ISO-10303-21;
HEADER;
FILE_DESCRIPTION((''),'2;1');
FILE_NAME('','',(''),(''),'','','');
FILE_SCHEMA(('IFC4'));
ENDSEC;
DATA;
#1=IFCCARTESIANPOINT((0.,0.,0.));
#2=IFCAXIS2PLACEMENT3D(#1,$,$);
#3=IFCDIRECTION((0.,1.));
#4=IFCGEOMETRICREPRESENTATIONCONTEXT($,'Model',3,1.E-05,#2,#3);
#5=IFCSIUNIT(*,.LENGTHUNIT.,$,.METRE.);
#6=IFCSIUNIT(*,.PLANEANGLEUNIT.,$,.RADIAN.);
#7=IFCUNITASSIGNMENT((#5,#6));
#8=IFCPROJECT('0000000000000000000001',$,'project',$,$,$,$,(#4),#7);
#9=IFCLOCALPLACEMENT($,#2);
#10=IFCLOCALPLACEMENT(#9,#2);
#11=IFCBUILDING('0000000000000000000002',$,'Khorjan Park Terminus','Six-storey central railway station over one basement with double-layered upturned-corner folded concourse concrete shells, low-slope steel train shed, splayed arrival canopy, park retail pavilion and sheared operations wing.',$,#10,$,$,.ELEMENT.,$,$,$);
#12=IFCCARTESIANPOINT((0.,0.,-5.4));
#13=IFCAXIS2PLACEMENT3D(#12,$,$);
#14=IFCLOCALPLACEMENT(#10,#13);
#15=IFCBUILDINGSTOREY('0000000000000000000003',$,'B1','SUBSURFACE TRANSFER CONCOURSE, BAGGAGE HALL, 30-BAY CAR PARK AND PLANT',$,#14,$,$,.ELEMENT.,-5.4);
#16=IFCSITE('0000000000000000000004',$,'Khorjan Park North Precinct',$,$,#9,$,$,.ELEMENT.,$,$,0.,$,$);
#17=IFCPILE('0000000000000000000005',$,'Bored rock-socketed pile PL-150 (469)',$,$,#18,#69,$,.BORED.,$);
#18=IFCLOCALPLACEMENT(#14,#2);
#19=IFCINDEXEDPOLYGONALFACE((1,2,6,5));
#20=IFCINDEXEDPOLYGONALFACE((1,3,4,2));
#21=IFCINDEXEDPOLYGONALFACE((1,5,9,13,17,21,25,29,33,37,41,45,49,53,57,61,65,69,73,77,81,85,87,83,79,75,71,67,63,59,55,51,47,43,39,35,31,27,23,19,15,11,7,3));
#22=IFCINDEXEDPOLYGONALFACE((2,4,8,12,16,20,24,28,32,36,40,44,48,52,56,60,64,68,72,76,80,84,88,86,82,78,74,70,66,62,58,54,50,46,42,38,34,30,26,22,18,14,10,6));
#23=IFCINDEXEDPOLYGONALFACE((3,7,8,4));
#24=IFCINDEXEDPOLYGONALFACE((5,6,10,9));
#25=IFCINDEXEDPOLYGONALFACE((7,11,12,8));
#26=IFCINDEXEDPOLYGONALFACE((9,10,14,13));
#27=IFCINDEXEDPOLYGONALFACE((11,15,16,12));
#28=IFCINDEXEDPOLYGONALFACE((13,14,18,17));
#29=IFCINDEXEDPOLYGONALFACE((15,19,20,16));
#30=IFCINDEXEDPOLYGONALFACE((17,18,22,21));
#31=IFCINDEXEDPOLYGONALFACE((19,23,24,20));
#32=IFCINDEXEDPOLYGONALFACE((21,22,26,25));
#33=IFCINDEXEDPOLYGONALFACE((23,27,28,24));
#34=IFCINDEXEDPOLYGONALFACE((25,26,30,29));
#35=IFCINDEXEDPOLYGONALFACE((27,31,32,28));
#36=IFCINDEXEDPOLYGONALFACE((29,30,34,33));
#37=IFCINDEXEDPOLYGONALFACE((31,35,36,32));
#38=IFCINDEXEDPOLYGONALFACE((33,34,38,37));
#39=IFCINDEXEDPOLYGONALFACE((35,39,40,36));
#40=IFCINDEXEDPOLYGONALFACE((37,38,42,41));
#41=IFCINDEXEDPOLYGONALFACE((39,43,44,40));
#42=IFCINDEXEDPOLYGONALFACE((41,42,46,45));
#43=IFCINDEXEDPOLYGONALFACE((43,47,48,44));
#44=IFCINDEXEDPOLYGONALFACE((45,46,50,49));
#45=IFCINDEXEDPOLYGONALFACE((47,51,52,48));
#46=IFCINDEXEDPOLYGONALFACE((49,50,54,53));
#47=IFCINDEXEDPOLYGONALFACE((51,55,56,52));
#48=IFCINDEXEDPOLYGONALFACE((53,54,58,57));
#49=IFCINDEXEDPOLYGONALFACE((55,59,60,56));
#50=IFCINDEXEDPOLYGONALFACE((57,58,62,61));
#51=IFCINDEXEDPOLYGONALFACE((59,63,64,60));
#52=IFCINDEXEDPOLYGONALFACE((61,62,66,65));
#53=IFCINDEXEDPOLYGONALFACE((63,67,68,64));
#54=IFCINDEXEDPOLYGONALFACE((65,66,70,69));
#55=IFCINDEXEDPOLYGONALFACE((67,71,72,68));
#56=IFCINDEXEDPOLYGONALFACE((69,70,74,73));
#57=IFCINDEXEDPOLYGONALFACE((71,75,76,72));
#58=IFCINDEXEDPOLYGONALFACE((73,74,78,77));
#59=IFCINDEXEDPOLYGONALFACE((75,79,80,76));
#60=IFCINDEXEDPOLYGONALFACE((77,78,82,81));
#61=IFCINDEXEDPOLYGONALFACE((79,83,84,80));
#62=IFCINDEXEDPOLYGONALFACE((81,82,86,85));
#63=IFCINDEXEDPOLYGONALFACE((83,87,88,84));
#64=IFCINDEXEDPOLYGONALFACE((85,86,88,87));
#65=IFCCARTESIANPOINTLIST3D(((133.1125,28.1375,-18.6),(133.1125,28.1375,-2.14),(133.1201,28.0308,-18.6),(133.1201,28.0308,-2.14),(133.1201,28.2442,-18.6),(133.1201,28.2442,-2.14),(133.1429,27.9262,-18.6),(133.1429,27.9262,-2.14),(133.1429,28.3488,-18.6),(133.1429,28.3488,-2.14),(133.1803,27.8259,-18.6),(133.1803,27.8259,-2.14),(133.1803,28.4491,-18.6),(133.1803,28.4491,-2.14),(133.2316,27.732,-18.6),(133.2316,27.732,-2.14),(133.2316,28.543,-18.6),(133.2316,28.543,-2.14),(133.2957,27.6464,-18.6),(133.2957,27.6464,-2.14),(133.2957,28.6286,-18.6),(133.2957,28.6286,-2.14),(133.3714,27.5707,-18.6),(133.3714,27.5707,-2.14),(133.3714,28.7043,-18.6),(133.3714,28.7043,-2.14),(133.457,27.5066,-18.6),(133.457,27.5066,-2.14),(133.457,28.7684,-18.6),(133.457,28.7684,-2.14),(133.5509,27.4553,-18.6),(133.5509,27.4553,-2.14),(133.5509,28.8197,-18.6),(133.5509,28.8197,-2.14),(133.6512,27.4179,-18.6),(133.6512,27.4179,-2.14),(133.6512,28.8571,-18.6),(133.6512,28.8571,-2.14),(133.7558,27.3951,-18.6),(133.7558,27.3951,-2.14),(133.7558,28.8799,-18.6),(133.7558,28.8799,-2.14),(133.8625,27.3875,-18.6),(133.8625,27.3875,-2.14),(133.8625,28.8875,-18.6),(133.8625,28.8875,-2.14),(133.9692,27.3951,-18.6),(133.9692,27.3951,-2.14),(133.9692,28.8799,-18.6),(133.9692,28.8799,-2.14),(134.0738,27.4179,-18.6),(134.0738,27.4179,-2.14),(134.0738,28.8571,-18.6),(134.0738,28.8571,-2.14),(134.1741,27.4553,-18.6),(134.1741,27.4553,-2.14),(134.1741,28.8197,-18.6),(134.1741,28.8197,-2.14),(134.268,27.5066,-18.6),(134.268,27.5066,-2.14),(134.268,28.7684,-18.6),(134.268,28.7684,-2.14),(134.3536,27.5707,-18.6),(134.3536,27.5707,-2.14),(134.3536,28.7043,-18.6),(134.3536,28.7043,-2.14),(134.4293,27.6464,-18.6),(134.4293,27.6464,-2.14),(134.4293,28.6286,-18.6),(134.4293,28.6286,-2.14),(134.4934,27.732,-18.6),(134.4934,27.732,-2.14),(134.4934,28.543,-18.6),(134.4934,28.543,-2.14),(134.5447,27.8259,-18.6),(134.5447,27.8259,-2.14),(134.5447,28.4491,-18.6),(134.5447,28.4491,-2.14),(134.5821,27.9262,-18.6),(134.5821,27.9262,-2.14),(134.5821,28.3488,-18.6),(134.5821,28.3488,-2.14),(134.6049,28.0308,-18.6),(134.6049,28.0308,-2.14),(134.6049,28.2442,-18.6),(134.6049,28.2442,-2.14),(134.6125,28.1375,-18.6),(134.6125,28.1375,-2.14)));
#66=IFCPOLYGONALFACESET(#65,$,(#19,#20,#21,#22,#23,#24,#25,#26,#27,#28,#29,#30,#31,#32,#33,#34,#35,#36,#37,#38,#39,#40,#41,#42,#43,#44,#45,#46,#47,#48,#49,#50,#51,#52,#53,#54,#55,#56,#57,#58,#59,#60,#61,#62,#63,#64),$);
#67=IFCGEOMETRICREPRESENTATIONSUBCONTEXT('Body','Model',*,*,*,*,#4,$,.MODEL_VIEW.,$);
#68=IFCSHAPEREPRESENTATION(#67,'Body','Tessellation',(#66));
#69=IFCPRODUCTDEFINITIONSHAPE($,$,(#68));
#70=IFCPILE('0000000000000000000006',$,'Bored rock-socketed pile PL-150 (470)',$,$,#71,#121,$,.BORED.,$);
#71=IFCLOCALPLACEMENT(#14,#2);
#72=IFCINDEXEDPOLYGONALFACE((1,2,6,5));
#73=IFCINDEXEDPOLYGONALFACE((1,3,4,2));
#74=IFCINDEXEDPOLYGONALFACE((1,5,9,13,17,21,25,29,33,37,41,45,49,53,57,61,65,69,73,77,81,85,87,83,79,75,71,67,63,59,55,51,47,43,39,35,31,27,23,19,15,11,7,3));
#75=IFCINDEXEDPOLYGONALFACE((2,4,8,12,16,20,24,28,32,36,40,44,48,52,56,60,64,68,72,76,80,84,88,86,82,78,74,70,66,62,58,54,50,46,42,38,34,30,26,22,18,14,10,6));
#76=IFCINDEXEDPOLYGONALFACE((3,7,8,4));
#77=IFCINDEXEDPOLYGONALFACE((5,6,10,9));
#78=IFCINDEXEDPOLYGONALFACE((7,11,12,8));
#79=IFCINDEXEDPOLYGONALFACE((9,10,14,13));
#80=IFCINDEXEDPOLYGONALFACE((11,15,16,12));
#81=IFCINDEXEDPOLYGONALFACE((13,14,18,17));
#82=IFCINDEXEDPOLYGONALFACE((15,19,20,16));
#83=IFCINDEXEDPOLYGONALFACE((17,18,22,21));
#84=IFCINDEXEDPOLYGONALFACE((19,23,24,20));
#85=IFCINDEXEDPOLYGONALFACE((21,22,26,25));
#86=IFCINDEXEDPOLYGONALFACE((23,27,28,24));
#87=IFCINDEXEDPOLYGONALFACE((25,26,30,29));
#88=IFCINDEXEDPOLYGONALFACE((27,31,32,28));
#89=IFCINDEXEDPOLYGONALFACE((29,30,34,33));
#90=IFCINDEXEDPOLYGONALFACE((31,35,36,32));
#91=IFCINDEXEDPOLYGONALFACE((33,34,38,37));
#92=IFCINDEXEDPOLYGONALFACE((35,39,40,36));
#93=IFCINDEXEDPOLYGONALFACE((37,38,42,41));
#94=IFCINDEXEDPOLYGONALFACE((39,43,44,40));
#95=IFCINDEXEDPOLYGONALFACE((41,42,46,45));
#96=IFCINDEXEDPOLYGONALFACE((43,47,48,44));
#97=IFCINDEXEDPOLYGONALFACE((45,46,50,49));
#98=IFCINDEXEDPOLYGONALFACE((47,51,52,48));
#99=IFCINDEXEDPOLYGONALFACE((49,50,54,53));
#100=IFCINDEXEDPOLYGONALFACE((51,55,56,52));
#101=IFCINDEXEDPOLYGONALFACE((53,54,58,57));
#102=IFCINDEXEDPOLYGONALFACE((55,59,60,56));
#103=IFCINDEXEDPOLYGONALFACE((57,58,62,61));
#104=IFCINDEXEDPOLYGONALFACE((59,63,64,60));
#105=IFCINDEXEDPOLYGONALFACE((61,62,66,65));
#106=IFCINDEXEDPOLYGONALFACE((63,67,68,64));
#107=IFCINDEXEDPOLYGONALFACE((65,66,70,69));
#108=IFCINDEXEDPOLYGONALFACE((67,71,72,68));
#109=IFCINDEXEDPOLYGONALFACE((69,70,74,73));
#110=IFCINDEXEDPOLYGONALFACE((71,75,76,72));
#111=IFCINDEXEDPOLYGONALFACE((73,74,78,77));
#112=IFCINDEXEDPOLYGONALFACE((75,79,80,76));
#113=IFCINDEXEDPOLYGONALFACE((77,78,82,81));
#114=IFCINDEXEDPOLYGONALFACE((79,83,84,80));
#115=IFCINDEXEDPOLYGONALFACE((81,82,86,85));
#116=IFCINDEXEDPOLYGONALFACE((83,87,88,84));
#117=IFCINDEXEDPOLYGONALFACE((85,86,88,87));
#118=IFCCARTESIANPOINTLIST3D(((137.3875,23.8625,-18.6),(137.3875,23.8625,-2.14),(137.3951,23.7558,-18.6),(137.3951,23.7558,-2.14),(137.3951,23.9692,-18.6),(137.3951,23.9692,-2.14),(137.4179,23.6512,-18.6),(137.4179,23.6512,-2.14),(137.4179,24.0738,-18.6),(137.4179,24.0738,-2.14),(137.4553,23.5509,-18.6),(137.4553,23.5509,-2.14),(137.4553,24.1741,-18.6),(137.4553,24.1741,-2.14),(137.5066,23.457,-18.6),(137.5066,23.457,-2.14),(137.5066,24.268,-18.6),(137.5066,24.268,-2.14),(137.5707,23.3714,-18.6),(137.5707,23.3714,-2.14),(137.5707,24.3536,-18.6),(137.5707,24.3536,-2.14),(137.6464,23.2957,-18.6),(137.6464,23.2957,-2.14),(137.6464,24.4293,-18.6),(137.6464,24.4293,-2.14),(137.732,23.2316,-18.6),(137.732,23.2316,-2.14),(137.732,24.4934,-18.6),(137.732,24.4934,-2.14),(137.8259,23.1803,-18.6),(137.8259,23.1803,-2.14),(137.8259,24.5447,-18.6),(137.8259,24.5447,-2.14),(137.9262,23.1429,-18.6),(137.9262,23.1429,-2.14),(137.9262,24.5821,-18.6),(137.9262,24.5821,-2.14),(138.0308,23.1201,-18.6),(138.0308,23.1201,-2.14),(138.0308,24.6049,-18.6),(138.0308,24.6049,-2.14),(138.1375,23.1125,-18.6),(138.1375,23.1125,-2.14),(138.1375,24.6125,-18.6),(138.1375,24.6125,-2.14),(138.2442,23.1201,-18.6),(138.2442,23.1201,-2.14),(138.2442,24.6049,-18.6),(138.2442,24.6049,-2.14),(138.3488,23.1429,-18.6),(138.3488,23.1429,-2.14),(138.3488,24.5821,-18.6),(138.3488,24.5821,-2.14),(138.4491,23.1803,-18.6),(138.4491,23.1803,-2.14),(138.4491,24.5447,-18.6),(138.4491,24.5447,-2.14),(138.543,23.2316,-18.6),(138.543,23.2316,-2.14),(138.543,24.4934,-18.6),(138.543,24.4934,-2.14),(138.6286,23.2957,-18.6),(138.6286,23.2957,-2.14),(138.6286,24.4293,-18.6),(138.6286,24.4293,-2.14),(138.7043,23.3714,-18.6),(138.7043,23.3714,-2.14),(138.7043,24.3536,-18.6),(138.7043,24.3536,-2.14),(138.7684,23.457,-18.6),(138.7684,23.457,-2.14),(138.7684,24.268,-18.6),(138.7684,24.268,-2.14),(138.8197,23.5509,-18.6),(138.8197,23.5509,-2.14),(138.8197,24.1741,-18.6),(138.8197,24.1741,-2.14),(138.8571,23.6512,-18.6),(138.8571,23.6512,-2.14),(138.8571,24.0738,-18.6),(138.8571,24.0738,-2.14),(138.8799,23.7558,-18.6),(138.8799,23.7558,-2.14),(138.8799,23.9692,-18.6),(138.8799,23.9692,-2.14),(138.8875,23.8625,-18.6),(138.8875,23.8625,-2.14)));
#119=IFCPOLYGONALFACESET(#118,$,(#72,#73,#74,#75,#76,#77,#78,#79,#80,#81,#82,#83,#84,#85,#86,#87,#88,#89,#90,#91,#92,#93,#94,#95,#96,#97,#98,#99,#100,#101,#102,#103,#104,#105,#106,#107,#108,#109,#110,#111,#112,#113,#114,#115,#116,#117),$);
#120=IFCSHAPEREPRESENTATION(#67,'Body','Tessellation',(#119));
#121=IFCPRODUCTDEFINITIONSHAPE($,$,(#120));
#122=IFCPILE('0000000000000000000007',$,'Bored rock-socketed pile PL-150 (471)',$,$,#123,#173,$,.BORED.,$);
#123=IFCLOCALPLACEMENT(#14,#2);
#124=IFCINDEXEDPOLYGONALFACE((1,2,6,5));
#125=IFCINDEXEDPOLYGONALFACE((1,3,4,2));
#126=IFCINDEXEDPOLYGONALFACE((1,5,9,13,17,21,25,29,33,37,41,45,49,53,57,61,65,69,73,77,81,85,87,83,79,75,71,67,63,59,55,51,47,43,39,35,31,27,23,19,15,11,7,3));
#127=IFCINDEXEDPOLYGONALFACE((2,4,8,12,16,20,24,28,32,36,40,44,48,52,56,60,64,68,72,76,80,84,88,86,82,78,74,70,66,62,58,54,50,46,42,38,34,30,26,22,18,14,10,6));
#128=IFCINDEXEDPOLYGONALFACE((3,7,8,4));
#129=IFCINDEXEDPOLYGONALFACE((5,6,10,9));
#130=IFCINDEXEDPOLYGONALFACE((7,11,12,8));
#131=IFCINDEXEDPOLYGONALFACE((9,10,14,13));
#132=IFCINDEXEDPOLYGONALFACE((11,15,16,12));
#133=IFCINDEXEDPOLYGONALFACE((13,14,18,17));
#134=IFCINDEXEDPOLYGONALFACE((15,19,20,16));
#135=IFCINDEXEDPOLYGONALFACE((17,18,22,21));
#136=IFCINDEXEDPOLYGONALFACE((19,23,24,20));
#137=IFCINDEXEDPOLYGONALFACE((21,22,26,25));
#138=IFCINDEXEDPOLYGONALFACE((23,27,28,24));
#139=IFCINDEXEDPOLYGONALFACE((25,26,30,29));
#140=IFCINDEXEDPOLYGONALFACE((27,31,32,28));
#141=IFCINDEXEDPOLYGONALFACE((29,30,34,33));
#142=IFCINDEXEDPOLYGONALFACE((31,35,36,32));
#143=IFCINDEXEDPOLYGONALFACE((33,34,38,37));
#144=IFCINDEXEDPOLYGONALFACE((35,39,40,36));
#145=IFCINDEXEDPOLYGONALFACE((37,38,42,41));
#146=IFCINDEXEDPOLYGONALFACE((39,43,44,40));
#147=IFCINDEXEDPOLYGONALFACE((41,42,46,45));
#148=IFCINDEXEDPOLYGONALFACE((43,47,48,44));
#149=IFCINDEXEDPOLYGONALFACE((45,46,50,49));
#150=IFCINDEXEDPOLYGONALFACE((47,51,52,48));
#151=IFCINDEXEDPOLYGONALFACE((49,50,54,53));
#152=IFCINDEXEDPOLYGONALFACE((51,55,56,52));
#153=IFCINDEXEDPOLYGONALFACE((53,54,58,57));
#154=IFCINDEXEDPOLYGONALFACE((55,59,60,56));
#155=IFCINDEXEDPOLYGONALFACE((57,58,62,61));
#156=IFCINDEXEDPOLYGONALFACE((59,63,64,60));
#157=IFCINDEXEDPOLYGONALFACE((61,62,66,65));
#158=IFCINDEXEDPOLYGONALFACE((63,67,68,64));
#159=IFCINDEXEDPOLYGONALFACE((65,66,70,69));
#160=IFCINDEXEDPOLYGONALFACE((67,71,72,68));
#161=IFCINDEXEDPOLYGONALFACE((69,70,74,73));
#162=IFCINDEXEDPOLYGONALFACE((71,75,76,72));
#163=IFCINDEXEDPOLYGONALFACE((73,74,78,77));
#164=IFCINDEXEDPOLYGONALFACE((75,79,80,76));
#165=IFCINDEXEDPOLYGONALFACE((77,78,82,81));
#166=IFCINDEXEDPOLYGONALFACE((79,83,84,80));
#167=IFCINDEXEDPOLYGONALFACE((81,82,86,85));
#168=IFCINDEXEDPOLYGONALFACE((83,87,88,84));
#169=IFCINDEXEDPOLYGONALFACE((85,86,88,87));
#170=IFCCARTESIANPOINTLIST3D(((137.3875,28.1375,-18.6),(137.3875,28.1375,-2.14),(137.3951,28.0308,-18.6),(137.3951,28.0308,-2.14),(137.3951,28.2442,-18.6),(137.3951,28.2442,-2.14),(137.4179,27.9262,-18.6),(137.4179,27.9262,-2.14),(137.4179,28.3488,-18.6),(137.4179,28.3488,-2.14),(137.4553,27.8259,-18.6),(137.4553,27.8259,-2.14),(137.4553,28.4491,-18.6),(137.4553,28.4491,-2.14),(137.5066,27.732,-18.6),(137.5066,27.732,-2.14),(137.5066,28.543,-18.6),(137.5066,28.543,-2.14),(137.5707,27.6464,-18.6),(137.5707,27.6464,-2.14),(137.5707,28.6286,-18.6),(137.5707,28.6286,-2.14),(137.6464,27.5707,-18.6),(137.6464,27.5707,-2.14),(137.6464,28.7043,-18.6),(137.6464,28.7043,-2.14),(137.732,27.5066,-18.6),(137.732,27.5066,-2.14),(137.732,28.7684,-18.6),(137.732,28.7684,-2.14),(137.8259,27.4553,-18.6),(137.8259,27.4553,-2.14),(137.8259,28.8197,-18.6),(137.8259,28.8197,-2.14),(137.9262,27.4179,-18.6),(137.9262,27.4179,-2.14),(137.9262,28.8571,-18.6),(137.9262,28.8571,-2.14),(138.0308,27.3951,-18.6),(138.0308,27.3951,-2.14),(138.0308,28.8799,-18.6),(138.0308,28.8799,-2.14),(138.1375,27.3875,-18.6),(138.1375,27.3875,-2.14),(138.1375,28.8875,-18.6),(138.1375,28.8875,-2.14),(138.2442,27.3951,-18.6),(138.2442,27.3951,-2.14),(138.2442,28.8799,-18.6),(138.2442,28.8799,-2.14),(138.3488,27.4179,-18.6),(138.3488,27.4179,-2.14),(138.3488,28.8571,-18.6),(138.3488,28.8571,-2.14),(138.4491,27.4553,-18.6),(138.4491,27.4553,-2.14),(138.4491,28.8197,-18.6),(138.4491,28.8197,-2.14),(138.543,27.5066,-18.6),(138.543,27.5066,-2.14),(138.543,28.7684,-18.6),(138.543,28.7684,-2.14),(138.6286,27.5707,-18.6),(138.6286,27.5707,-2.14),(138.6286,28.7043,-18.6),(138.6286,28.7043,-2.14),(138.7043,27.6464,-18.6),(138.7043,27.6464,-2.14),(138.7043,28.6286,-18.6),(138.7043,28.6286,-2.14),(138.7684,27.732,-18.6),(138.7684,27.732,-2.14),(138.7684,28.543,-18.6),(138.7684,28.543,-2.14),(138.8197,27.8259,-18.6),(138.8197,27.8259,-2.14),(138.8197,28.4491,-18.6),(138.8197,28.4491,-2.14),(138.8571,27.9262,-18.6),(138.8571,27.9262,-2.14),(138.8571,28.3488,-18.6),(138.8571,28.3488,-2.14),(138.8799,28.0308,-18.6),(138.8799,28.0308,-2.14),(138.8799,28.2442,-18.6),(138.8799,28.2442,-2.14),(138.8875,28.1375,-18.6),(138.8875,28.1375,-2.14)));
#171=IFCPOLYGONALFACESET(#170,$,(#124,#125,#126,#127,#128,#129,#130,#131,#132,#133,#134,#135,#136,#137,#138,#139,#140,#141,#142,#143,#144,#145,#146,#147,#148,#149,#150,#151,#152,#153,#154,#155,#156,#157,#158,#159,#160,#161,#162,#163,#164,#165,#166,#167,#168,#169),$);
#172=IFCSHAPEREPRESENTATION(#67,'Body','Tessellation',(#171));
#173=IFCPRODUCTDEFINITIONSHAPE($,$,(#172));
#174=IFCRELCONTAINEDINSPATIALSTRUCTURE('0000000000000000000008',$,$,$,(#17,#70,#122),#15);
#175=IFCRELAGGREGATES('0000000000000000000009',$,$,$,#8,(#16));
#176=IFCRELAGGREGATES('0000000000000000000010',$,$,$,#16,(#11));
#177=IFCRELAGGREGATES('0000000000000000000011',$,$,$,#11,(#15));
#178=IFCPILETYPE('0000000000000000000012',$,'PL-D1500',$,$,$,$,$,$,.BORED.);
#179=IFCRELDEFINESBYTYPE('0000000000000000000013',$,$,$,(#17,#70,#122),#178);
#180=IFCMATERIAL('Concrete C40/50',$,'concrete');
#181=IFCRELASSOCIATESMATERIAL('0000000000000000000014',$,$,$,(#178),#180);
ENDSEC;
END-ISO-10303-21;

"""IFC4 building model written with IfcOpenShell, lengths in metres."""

from ifc_helpers import new_model, si_unit, direction, frame, origin, origin_2d, place, context, subcontext, project, spatial, circle, extrude, material, material_profile, profile_set, type_object, element, save


model = new_model("IFC4")

# Units and contexts
model_context = context("Model", 3, precision=1e-05, world=origin(), true_north=direction((0.0, 1.0)))
body_context = subcontext(model_context, "Body", "Model", "MODEL_VIEW")
ifc_project = project(units=[si_unit("LENGTHUNIT", "METRE"), si_unit("PLANEANGLEUNIT", "RADIAN")], contexts=[model_context])

# Site, building, storey
site_placement = place(None, origin())
site = spatial("IfcSite", under=ifc_project, at=site_placement, Name="Khorjan Park North Precinct", CompositionType="ELEMENT", RefElevation=0.0)
building_placement = place(site_placement, origin())
building = spatial("IfcBuilding", under=site, at=building_placement, Name="Khorjan Park Terminus", Description="Six-storey central railway station over one basement with double-layered upturned-corner folded concourse concrete shells, low-slope steel train shed, splayed arrival canopy, park retail pavilion and sheared operations wing.", CompositionType="ELEMENT")
storey_placement = place(building_placement, frame((0.0, 0.0, -5.4)))
storey = spatial("IfcBuildingStorey", under=building, at=storey_placement, Name="B1", Description="SUBSURFACE TRANSFER CONCOURSE, BAGGAGE HALL, 30-BAY CAR PARK AND PLANT", CompositionType="ELEMENT", Elevation=-5.4)

# Piles
ifc_material_1 = material(Name="Concrete C40/50", Category="concrete")
ifc_material_profile_1 = material_profile(ifc_material_1, circle(Radius=0.75, at=origin_2d()), Name="BORED D1500")
ifc_profile_set_1 = profile_set([ifc_material_profile_1], Name="Concrete C40/50")
pile_type_1 = type_object("IfcPileType", Name="PL-D1500", PredefinedType="BORED", material=ifc_profile_set_1)
for number, where, z_axis, x_axis, name in (
    (1, (133.8625, 28.1375, -2.14), (0.0, 0.0, -1.0), (1.0, 0.0, 0.0), "Bored rock-socketed pile PL-150 (469)"),
    (2, (138.1375, 23.8625, -2.14), (0.0, 0.0, -1.0), (1.0, 0.0, 0.0), "Bored rock-socketed pile PL-150 (470)"),
    (3, (138.1375, 28.1375, -2.14), (0.0, 0.0, -1.0), (1.0, 0.0, 0.0), "Bored rock-socketed pile PL-150 (471)"),
):
    element("IfcPile", number, at=place(storey_placement, frame(where, z_axis=z_axis, x_axis=x_axis)), inside=storey, type_object=pile_type_1, Name=name, PredefinedType="BORED", context=body_context, shape_type="SweptSolid", body=[
        extrude(circle(Radius=0.75, at=origin_2d()), origin(), (0.0, 0.0, 1.0), 16.46),
    ])

save(model, "model.ifc")
